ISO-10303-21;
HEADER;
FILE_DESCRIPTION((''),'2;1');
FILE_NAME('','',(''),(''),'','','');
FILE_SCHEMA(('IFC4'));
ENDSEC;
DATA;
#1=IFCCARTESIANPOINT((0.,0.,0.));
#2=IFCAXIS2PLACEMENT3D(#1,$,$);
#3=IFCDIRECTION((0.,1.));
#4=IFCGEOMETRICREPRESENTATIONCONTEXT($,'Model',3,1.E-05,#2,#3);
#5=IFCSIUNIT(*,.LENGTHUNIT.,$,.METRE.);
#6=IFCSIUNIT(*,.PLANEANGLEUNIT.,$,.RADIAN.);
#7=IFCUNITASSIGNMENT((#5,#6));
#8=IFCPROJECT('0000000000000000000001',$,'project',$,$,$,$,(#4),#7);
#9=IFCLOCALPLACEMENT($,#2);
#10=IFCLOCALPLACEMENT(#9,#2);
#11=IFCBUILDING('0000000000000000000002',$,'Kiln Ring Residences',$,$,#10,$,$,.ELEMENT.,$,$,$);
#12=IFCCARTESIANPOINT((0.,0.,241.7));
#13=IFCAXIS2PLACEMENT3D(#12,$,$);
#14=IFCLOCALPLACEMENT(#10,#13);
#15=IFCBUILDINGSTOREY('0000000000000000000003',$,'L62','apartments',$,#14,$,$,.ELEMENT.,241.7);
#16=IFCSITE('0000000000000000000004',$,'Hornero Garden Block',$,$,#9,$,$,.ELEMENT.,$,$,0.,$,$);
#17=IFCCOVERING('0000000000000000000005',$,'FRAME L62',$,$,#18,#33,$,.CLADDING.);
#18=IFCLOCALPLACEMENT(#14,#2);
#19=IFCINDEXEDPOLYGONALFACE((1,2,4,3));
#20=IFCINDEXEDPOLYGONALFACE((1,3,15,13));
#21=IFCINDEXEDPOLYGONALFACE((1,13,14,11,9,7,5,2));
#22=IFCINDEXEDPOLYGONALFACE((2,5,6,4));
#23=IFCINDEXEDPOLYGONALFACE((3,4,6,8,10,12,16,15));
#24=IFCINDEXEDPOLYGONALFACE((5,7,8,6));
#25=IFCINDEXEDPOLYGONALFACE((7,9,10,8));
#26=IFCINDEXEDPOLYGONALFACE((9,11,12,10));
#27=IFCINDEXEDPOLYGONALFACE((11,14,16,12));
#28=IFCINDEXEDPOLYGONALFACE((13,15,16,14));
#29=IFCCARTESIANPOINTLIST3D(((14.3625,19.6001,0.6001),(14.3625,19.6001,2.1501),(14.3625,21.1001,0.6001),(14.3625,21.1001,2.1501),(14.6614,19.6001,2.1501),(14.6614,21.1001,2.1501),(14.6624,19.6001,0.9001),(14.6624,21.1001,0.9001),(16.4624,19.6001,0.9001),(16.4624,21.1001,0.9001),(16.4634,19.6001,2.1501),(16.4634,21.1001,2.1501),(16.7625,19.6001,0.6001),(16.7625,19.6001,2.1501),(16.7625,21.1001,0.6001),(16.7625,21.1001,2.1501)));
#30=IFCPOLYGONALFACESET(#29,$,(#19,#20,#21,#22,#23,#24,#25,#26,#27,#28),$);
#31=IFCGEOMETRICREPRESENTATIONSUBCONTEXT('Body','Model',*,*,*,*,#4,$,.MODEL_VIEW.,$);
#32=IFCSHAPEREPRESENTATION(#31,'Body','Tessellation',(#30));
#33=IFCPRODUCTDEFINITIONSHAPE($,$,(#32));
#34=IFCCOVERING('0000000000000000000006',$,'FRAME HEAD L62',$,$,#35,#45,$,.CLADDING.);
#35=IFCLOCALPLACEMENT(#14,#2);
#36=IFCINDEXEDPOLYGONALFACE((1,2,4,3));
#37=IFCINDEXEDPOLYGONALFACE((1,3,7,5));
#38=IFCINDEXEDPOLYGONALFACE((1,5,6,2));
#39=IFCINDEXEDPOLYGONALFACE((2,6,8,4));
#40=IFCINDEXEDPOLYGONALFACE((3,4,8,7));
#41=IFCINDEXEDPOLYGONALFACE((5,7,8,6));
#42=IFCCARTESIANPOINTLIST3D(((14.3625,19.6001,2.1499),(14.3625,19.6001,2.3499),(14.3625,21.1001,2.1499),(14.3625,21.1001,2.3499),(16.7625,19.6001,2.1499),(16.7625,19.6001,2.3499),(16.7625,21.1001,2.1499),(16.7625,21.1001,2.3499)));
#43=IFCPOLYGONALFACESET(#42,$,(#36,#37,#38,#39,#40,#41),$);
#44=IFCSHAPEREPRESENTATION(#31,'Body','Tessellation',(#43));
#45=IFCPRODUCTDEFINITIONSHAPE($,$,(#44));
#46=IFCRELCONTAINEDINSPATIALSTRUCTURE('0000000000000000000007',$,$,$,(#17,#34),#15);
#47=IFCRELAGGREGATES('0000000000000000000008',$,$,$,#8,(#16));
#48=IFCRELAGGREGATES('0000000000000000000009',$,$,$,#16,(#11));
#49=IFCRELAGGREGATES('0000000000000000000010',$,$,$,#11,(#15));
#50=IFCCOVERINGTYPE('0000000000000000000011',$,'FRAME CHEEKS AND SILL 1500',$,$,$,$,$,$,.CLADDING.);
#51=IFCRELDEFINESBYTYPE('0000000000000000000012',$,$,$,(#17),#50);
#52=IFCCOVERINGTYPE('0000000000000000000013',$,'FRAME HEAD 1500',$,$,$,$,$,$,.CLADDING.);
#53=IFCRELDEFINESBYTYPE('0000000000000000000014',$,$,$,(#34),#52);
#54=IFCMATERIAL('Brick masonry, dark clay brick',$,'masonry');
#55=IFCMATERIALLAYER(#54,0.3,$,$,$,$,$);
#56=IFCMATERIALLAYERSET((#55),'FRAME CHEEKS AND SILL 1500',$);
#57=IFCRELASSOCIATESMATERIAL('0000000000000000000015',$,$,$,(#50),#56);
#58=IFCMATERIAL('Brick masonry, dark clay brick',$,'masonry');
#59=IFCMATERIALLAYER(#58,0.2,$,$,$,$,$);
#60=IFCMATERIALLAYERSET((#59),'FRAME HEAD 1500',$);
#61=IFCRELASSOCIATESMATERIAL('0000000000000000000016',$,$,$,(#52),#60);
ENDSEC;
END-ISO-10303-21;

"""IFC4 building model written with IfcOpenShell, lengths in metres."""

from ifc_helpers import new_model, si_unit, direction, frame, origin, origin_2d, place, context, subcontext, project, spatial, polyline, rectangle, outline, extrude, material, layer, layer_set, type_object, element, save


model = new_model("IFC4")

# Units and contexts
model_context = context("Model", 3, precision=1e-05, world=origin(), true_north=direction((0.0, 1.0)))
body_context = subcontext(model_context, "Body", "Model", "MODEL_VIEW")
ifc_project = project(units=[si_unit("LENGTHUNIT", "METRE"), si_unit("PLANEANGLEUNIT", "RADIAN")], contexts=[model_context])

# Site, building, storey
site_placement = place(None, origin())
site = spatial("IfcSite", under=ifc_project, at=site_placement, Name="Hornero Garden Block", CompositionType="ELEMENT", RefElevation=0.0)
building_placement = place(site_placement, origin())
building = spatial("IfcBuilding", under=site, at=building_placement, Name="Kiln Ring Residences", CompositionType="ELEMENT")
storey_placement = place(building_placement, frame((0.0, 0.0, 241.7)))
storey = spatial("IfcBuildingStorey", under=building, at=storey_placement, Name="L62", Description="apartments", CompositionType="ELEMENT", Elevation=241.7)

# Coverings
ifc_material_1 = material(Name="Brick masonry, dark clay brick", Category="masonry")
ifc_layer_1 = layer(ifc_material_1, 0.3)
ifc_layer_set_1 = layer_set([ifc_layer_1], Name="FRAME CHEEKS AND SILL 1500")
covering_type_1 = type_object("IfcCoveringType", Name="FRAME CHEEKS AND SILL 1500", PredefinedType="CLADDING", material=ifc_layer_set_1)
covering_1_placement = place(storey_placement, frame((16.7625, 20.3501, 0.6001), z_axis=(0.0, 0.0, 1.0), x_axis=(-1.0, 0.0, 0.0)))
element("IfcCovering", 1, at=covering_1_placement, inside=storey, type_object=covering_type_1, Name="FRAME L62", PredefinedType="CLADDING", context=body_context, shape_type="SweptSolid", body=[
    extrude(outline(polyline([(0.0, 0.0), (2.3999, 0.0), (2.3999, 1.55), (2.1011, 1.55), (2.1001, 0.3), (0.3, 0.3), (0.2991, 1.55), (0.0, 1.55), (0.0, 0.0)])), frame((0.0, 0.75, 0.0), z_axis=(0.0, -1.0, 0.0), x_axis=(1.0, 0.0, 0.0)), (0.0, 0.0, 1.0), 1.5),
])
ifc_material_2 = material(Name="Brick masonry, dark clay brick", Category="masonry")
ifc_layer_2 = layer(ifc_material_2, 0.2)
ifc_layer_set_2 = layer_set([ifc_layer_2], Name="FRAME HEAD 1500")
covering_type_2 = type_object("IfcCoveringType", Name="FRAME HEAD 1500", PredefinedType="CLADDING", material=ifc_layer_set_2)
covering_2_placement = place(storey_placement, frame((15.5625, 20.3501, 2.1499), z_axis=(0.0, 0.0, 1.0), x_axis=(-1.0, 0.0, 0.0)))
element("IfcCovering", 2, at=covering_2_placement, inside=storey, type_object=covering_type_2, Name="FRAME HEAD L62", PredefinedType="CLADDING", context=body_context, shape_type="SweptSolid", body=[
    extrude(rectangle(XDim=2.3999, YDim=1.5, at=origin_2d()), origin(), (0.0, 0.0, 1.0), 0.2),
])

save(model, "model.ifc")
